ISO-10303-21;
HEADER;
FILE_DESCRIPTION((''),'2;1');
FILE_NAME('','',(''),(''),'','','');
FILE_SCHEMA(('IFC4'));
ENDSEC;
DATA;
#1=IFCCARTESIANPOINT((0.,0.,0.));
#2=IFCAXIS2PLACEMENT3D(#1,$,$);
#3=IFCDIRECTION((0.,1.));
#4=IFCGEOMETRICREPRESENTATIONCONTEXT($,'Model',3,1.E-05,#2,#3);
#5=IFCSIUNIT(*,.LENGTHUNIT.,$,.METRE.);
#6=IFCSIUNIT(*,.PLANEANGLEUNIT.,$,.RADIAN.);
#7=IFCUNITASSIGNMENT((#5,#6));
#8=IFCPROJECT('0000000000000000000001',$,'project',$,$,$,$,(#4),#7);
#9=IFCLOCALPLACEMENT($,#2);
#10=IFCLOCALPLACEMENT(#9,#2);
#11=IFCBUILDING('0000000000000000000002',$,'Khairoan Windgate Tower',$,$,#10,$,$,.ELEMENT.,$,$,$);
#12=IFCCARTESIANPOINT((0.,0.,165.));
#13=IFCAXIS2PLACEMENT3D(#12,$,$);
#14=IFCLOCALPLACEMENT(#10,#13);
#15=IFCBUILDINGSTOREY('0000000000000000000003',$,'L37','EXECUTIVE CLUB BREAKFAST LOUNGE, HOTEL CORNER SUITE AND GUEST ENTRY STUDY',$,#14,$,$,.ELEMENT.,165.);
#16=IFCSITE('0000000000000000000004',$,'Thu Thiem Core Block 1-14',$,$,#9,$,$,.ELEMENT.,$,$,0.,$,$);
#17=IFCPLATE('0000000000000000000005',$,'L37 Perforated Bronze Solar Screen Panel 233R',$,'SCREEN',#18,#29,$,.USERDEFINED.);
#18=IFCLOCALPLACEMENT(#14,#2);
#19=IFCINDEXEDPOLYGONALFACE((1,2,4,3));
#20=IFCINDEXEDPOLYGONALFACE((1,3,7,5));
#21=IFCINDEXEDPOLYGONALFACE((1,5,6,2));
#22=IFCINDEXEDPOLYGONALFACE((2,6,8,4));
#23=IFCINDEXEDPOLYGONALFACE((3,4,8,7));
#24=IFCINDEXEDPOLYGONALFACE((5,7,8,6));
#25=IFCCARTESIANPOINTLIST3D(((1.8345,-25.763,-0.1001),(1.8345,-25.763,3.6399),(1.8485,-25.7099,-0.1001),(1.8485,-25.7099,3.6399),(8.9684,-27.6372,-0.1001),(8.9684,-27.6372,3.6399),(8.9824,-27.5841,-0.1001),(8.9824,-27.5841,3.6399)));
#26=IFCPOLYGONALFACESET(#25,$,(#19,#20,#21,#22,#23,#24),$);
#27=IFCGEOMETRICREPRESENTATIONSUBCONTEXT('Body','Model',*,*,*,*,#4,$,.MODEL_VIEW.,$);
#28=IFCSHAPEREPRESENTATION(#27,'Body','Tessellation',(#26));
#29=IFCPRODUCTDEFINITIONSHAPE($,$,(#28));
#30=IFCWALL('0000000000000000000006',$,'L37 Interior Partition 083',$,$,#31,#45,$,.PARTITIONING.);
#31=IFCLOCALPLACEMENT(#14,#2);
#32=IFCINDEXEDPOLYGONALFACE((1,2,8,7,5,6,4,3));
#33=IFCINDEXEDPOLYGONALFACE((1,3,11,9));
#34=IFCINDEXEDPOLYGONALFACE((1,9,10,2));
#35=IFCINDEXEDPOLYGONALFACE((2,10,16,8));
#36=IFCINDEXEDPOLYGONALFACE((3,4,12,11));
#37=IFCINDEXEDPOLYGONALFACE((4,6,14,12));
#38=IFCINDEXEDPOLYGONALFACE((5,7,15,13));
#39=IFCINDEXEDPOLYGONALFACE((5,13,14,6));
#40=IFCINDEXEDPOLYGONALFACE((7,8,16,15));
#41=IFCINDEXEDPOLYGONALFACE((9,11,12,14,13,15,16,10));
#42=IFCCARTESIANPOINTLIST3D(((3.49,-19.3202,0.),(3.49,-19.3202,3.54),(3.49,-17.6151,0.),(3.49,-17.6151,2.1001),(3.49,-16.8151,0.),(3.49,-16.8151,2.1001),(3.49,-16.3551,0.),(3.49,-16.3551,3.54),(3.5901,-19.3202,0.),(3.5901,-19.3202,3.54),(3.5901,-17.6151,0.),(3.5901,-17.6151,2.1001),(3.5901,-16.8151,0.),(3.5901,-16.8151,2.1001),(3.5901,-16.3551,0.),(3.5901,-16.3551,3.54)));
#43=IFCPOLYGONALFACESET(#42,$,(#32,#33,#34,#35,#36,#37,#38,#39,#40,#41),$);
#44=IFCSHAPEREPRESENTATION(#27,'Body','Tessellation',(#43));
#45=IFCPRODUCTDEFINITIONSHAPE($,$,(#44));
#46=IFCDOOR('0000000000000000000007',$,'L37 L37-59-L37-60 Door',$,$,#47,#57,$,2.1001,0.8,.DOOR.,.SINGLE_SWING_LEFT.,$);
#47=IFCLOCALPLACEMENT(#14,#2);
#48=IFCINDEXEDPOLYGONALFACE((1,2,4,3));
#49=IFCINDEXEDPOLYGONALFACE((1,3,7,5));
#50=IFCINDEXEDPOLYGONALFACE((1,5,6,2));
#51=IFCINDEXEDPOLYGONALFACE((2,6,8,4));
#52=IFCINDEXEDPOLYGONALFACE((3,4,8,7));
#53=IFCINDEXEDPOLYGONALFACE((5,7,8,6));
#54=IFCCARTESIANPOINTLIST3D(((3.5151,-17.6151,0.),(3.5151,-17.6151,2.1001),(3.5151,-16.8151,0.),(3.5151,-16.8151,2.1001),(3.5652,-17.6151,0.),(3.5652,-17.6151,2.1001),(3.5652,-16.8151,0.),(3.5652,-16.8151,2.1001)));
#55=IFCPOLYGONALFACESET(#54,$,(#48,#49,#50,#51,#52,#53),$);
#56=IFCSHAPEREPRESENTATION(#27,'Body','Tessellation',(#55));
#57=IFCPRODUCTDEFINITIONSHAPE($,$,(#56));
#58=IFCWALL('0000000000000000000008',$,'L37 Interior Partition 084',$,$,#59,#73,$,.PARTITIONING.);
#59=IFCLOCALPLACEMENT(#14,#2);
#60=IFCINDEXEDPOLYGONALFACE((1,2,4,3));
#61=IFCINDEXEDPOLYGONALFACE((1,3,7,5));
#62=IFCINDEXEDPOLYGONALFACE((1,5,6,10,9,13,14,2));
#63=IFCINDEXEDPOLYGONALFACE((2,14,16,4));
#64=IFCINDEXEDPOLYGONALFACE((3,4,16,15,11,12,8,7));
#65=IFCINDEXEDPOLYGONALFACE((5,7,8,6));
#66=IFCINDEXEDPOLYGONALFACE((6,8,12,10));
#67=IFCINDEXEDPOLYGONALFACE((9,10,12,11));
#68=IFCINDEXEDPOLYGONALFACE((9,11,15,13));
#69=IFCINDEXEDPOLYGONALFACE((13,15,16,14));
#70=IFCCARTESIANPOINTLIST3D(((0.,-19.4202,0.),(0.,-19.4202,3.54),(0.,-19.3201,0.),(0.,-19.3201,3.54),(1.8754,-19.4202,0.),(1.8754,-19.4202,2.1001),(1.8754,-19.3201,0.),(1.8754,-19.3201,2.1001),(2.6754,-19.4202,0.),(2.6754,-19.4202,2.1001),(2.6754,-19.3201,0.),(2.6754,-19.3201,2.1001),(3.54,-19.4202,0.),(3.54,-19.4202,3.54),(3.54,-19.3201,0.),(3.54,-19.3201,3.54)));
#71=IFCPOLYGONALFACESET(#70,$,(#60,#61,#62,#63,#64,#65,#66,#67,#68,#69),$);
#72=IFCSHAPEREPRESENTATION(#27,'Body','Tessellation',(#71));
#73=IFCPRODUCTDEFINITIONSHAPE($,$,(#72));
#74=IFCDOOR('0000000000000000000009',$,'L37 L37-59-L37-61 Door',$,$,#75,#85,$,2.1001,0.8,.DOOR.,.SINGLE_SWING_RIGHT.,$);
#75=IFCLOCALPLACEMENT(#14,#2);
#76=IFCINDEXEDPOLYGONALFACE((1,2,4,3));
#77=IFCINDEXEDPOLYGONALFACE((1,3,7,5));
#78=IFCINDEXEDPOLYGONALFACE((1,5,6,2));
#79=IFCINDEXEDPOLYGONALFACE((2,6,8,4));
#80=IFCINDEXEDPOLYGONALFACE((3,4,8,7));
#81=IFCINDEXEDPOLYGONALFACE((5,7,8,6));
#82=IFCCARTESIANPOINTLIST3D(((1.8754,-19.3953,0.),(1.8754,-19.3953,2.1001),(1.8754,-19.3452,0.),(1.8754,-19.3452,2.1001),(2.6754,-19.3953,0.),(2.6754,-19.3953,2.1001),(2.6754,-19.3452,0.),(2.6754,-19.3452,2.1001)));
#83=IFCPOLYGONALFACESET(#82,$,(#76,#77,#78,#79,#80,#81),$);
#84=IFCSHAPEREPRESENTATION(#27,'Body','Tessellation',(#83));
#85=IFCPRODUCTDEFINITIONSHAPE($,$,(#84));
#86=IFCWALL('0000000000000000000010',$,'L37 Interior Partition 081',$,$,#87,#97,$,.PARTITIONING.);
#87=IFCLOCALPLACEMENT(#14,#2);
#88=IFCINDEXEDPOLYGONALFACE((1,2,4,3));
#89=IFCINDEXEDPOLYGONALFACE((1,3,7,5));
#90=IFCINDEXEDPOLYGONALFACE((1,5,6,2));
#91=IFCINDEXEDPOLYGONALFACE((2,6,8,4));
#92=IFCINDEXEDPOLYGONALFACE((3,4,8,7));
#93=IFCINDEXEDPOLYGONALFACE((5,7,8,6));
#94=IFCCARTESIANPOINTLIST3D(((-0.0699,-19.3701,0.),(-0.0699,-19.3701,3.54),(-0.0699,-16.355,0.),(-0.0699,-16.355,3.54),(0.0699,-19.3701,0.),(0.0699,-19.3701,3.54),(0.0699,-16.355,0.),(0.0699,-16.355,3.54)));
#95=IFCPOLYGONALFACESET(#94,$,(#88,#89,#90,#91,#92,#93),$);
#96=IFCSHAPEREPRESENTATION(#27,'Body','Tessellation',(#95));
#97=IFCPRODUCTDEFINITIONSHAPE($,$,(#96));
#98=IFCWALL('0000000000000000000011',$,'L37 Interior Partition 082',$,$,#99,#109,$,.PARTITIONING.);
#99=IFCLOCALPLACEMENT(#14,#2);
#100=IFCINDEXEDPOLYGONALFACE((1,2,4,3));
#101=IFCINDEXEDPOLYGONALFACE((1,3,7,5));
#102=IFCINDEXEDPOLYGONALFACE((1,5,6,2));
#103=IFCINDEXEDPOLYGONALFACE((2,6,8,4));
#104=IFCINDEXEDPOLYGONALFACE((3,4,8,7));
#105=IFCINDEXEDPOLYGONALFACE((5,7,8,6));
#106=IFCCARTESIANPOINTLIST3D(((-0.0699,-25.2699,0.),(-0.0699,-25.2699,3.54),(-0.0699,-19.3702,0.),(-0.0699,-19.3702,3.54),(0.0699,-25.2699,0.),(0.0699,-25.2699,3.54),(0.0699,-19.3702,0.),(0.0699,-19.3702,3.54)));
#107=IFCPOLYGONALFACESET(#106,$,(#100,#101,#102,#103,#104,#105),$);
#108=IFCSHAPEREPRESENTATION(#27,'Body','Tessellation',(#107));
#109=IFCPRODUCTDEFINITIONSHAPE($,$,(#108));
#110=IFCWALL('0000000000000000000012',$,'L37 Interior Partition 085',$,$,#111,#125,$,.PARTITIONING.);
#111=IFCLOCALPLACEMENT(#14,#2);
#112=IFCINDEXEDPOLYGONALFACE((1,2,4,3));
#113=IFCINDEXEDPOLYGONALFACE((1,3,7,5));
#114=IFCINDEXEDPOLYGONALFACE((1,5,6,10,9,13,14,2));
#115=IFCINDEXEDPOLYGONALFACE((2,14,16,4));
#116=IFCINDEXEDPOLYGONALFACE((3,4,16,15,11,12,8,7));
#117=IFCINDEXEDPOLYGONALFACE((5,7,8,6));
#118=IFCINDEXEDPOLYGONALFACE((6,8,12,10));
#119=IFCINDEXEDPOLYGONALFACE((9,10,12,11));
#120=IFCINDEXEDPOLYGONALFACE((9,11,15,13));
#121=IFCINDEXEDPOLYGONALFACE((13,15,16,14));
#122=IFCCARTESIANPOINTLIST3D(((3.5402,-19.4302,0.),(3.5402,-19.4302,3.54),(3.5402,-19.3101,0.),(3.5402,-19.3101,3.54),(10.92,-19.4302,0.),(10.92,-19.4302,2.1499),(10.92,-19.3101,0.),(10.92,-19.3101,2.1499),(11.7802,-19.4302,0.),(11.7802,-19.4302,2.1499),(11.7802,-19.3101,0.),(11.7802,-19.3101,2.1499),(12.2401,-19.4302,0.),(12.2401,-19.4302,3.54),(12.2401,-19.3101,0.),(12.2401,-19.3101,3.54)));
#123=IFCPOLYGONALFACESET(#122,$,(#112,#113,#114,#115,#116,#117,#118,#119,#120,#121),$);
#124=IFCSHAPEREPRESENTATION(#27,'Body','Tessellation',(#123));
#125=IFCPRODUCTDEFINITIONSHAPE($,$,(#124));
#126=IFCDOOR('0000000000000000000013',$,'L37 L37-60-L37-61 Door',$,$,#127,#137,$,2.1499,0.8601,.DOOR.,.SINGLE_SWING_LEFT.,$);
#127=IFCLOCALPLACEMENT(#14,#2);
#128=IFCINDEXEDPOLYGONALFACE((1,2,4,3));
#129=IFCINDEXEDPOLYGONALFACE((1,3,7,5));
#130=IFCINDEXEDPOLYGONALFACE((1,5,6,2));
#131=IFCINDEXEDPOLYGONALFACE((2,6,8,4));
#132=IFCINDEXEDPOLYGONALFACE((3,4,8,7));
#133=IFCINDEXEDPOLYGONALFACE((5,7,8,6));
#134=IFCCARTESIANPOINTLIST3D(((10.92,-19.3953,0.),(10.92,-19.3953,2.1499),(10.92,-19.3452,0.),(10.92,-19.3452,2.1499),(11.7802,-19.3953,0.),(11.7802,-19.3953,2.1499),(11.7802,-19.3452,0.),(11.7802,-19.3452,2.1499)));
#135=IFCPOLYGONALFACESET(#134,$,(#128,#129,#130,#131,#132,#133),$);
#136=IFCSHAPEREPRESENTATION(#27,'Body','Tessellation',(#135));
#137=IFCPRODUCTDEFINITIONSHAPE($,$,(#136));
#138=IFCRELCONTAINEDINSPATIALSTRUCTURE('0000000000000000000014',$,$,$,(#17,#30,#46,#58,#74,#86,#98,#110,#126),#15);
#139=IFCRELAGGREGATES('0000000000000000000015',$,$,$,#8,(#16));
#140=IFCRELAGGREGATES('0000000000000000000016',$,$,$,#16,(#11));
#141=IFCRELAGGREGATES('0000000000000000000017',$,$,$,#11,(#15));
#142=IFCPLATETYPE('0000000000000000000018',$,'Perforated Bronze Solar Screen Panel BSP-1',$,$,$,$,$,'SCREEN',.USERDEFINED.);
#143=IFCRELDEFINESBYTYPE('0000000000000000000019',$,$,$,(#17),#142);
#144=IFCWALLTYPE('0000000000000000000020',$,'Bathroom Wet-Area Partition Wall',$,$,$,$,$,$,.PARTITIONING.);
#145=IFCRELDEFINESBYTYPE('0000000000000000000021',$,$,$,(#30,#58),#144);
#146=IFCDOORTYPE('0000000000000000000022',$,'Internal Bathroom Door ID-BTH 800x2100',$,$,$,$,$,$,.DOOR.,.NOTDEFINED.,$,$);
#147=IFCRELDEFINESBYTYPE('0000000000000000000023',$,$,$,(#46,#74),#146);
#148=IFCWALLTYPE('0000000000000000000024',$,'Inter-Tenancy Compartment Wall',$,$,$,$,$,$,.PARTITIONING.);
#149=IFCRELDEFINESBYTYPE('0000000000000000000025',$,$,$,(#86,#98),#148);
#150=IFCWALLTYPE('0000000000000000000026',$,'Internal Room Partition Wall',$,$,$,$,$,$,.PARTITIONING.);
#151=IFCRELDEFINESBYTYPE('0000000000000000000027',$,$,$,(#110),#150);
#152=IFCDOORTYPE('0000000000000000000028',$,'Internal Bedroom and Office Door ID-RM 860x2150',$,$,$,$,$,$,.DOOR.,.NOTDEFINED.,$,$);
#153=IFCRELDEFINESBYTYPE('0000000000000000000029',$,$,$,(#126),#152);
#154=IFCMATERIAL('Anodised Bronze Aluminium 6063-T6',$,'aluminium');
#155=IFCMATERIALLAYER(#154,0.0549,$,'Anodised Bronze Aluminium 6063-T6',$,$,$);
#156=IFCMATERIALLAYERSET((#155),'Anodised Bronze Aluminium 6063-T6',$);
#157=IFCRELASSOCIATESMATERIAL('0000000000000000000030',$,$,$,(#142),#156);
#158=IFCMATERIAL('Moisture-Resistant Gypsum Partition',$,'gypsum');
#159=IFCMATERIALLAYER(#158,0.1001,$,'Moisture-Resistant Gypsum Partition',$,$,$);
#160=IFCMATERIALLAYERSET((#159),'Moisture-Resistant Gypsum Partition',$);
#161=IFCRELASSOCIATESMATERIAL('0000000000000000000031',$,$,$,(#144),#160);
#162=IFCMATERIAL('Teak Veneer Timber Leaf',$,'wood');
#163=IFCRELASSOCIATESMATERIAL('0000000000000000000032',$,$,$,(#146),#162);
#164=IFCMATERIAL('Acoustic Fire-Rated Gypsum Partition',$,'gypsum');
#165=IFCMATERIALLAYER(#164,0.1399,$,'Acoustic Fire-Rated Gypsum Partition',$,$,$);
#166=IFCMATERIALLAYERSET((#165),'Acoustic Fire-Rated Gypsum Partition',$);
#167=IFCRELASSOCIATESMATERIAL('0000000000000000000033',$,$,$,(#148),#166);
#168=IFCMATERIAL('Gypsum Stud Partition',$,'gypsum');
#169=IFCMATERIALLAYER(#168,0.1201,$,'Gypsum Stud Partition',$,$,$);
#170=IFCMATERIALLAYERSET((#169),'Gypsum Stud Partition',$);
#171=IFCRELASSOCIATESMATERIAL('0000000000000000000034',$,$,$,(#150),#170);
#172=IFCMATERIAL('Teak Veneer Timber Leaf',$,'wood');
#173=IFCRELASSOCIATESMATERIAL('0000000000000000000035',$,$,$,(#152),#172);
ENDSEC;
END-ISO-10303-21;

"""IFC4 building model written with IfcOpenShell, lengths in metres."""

from ifc_helpers import new_model, si_unit, direction, frame, frame_2d, origin, origin_2d, place, context, subcontext, project, spatial, rectangle, extrude, material, layer, layer_set, type_object, element, fill, save


model = new_model("IFC4")

# Units and contexts
model_context = context("Model", 3, precision=1e-05, world=origin(), true_north=direction((0.0, 1.0)))
body_context = subcontext(model_context, "Body", "Model", "MODEL_VIEW")
ifc_project = project(units=[si_unit("LENGTHUNIT", "METRE"), si_unit("PLANEANGLEUNIT", "RADIAN")], contexts=[model_context])

# Site, building, storey
site_placement = place(None, origin())
site = spatial("IfcSite", under=ifc_project, at=site_placement, Name="Thu Thiem Core Block 1-14", CompositionType="ELEMENT", RefElevation=0.0)
building_placement = place(site_placement, origin())
building = spatial("IfcBuilding", under=site, at=building_placement, Name="Khairoan Windgate Tower", CompositionType="ELEMENT")
storey_placement = place(building_placement, frame((0.0, 0.0, 165.0)))
storey = spatial("IfcBuildingStorey", under=building, at=storey_placement, Name="L37", Description="EXECUTIVE CLUB BREAKFAST LOUNGE, HOTEL CORNER SUITE AND GUEST ENTRY STUDY", CompositionType="ELEMENT", Elevation=165.0)

# Plate
ifc_material_1 = material(Name="Anodised Bronze Aluminium 6063-T6", Category="aluminium")
ifc_layer_1 = layer(ifc_material_1, 0.0549, Name="Anodised Bronze Aluminium 6063-T6")
ifc_layer_set_1 = layer_set([ifc_layer_1], Name="Anodised Bronze Aluminium 6063-T6")
plate_type = type_object("IfcPlateType", Name="Perforated Bronze Solar Screen Panel BSP-1", ElementType="SCREEN", PredefinedType="USERDEFINED", material=ifc_layer_set_1)
plate_placement = place(storey_placement, frame((5.4084, -26.6736, -0.1001), z_axis=(0.0, 0.0, 1.0), x_axis=(-0.967179, 0.254096, 0.0)))
element("IfcPlate", 1, at=plate_placement, inside=storey, type_object=plate_type, Name="L37 Perforated Bronze Solar Screen Panel 233R", ObjectType="SCREEN", PredefinedType="USERDEFINED", context=body_context, shape_type="SweptSolid", body=[
    extrude(rectangle(XDim=7.376, YDim=0.0549, at=origin_2d()), origin(), (0.0, 0.0, 1.0), 3.74),
])

# Walls, openings, doors
ifc_material_2 = material(Name="Moisture-Resistant Gypsum Partition", Category="gypsum")
ifc_layer_2 = layer(ifc_material_2, 0.1001, Name="Moisture-Resistant Gypsum Partition")
ifc_layer_set_2 = layer_set([ifc_layer_2], Name="Moisture-Resistant Gypsum Partition")
wall_type_1 = type_object("IfcWallType", Name="Bathroom Wet-Area Partition Wall", PredefinedType="PARTITIONING", material=ifc_layer_set_2)
wall_1_placement = place(storey_placement, frame((3.54, -19.3201, 0.0), z_axis=(0.0, 0.0, 1.0), x_axis=(0.0, 1.0, 0.0)))
wall_1 = element("IfcWall", 2, at=wall_1_placement, inside=storey, type_object=wall_type_1, Name="L37 Interior Partition 083", PredefinedType="PARTITIONING", context=body_context, shape_type="SweptSolid", body=[
    extrude(rectangle(XDim=2.9651, YDim=0.1001, at=frame_2d((1.4824, 0.0))), origin(), (0.0, 0.0, 1.0), 3.54),
])
opening_1_placement = place(wall_1_placement, frame((1.7051, 0.0, 0.0)))
opening_1 = element("IfcOpeningElement", 3, at=opening_1_placement, cuts=wall_1, PredefinedType="OPENING", context=body_context, shape_type="SweptSolid", body=[
    extrude(rectangle(XDim=0.8, YDim=2.1001, at=frame_2d((0.3999, 1.05))), frame((0.0, 0.0601, 0.0), z_axis=(0.0, -1.0, 0.0), x_axis=(1.0, 0.0, 0.0)), (0.0, 0.0, 1.0), 0.1201),
])
ifc_material_3 = material(Name="Teak Veneer Timber Leaf", Category="wood")
door_type_1 = type_object("IfcDoorType", Name="Internal Bathroom Door ID-BTH 800x2100", OperationType="NOTDEFINED", PredefinedType="DOOR", material=ifc_material_3)
door_1_placement = place(opening_1_placement, origin())
door_1 = element("IfcDoor", 4, at=door_1_placement, inside=storey, type_object=door_type_1, Name="L37 L37-59-L37-60 Door", OperationType="SINGLE_SWING_LEFT", OverallHeight=2.1001, OverallWidth=0.8, PredefinedType="DOOR", context=body_context, shape_type="SweptSolid", body=[
    extrude(rectangle(XDim=0.8, YDim=2.1001, at=frame_2d((0.3999, 1.05))), frame((0.0, 0.0249, 0.0), z_axis=(0.0, -1.0, 0.0), x_axis=(1.0, 0.0, 0.0)), (0.0, 0.0, 1.0), 0.05),
])
fill(opening_1, door_1)
wall_2_placement = place(storey_placement, frame((0.0, -19.3701, 0.0), z_axis=(0.0, 0.0, 1.0), x_axis=(1.0, 0.0, 0.0)))
wall_2 = element("IfcWall", 5, at=wall_2_placement, inside=storey, type_object=wall_type_1, Name="L37 Interior Partition 084", PredefinedType="PARTITIONING", context=body_context, shape_type="SweptSolid", body=[
    extrude(rectangle(XDim=3.54, YDim=0.1001, at=frame_2d((1.77, 0.0))), origin(), (0.0, 0.0, 1.0), 3.54),
])
opening_2_placement = place(wall_2_placement, frame((1.8755, 0.0, 0.0)))
opening_2 = element("IfcOpeningElement", 6, at=opening_2_placement, cuts=wall_2, PredefinedType="OPENING", context=body_context, shape_type="SweptSolid", body=[
    extrude(rectangle(XDim=0.8, YDim=2.1001, at=frame_2d((0.3999, 1.05))), frame((0.0, 0.0601, 0.0), z_axis=(0.0, -1.0, 0.0), x_axis=(1.0, 0.0, 0.0)), (0.0, 0.0, 1.0), 0.1201),
])
door_2_placement = place(opening_2_placement, origin())
door_2 = element("IfcDoor", 7, at=door_2_placement, inside=storey, type_object=door_type_1, Name="L37 L37-59-L37-61 Door", OperationType="SINGLE_SWING_RIGHT", OverallHeight=2.1001, OverallWidth=0.8, PredefinedType="DOOR", context=body_context, shape_type="SweptSolid", body=[
    extrude(rectangle(XDim=0.8, YDim=2.1001, at=frame_2d((0.3999, 1.05))), frame((0.0, 0.0249, 0.0), z_axis=(0.0, -1.0, 0.0), x_axis=(1.0, 0.0, 0.0)), (0.0, 0.0, 1.0), 0.05),
])
fill(opening_2, door_2)

# Walls
ifc_material_4 = material(Name="Acoustic Fire-Rated Gypsum Partition", Category="gypsum")
ifc_layer_3 = layer(ifc_material_4, 0.1399, Name="Acoustic Fire-Rated Gypsum Partition")
ifc_layer_set_3 = layer_set([ifc_layer_3], Name="Acoustic Fire-Rated Gypsum Partition")
wall_type_2 = type_object("IfcWallType", Name="Inter-Tenancy Compartment Wall", PredefinedType="PARTITIONING", material=ifc_layer_set_3)
wall_3_placement = place(storey_placement, frame((0.0, -19.3701, 0.0), z_axis=(0.0, 0.0, 1.0), x_axis=(0.0, 1.0, 0.0)))
element("IfcWall", 8, at=wall_3_placement, inside=storey, type_object=wall_type_2, Name="L37 Interior Partition 081", PredefinedType="PARTITIONING", context=body_context, shape_type="SweptSolid", body=[
    extrude(rectangle(XDim=3.0151, YDim=0.1399, at=frame_2d((1.5076, 0.0))), origin(), (0.0, 0.0, 1.0), 3.54),
])
wall_4_placement = place(storey_placement, frame((0.0, -25.2698, 0.0), z_axis=(0.0, 0.0, 1.0), x_axis=(0.0, 1.0, 0.0)))
element("IfcWall", 9, at=wall_4_placement, inside=storey, type_object=wall_type_2, Name="L37 Interior Partition 082", PredefinedType="PARTITIONING", context=body_context, shape_type="SweptSolid", body=[
    extrude(rectangle(XDim=5.8997, YDim=0.1399, at=frame_2d((2.9497, 0.0))), origin(), (0.0, 0.0, 1.0), 3.54),
])

# Wall, opening, door
ifc_material_5 = material(Name="Gypsum Stud Partition", Category="gypsum")
ifc_layer_4 = layer(ifc_material_5, 0.1201, Name="Gypsum Stud Partition")
ifc_layer_set_4 = layer_set([ifc_layer_4], Name="Gypsum Stud Partition")
wall_type_3 = type_object("IfcWallType", Name="Internal Room Partition Wall", PredefinedType="PARTITIONING", material=ifc_layer_set_4)
wall_5_placement = place(storey_placement, frame((3.54, -19.3701, 0.0), z_axis=(0.0, 0.0, 1.0), x_axis=(1.0, 0.0, 0.0)))
wall_5 = element("IfcWall", 10, at=wall_5_placement, inside=storey, type_object=wall_type_3, Name="L37 Interior Partition 085", PredefinedType="PARTITIONING", context=body_context, shape_type="SweptSolid", body=[
    extrude(rectangle(XDim=8.7, YDim=0.1201, at=frame_2d((4.3501, 0.0))), origin(), (0.0, 0.0, 1.0), 3.54),
])
opening_3_placement = place(wall_5_placement, frame((7.3799, 0.0, 0.0)))
opening_3 = element("IfcOpeningElement", 11, at=opening_3_placement, cuts=wall_5, PredefinedType="OPENING", context=body_context, shape_type="SweptSolid", body=[
    extrude(rectangle(XDim=0.8601, YDim=2.1499, at=frame_2d((0.4302, 1.075))), frame((0.0, 0.0701, 0.0), z_axis=(0.0, -1.0, 0.0), x_axis=(1.0, 0.0, 0.0)), (0.0, 0.0, 1.0), 0.1401),
])
ifc_material_6 = material(Name="Teak Veneer Timber Leaf", Category="wood")
door_type_2 = type_object("IfcDoorType", Name="Internal Bedroom and Office Door ID-RM 860x2150", OperationType="NOTDEFINED", PredefinedType="DOOR", material=ifc_material_6)
door_3_placement = place(opening_3_placement, origin())
door_3 = element("IfcDoor", 12, at=door_3_placement, inside=storey, type_object=door_type_2, Name="L37 L37-60-L37-61 Door", OperationType="SINGLE_SWING_LEFT", OverallHeight=2.1499, OverallWidth=0.8601, PredefinedType="DOOR", context=body_context, shape_type="SweptSolid", body=[
    extrude(rectangle(XDim=0.8601, YDim=2.1499, at=frame_2d((0.4302, 1.075))), frame((0.0, 0.0249, 0.0), z_axis=(0.0, -1.0, 0.0), x_axis=(1.0, 0.0, 0.0)), (0.0, 0.0, 1.0), 0.05),
])
fill(opening_3, door_3)

save(model, "model.ifc")
